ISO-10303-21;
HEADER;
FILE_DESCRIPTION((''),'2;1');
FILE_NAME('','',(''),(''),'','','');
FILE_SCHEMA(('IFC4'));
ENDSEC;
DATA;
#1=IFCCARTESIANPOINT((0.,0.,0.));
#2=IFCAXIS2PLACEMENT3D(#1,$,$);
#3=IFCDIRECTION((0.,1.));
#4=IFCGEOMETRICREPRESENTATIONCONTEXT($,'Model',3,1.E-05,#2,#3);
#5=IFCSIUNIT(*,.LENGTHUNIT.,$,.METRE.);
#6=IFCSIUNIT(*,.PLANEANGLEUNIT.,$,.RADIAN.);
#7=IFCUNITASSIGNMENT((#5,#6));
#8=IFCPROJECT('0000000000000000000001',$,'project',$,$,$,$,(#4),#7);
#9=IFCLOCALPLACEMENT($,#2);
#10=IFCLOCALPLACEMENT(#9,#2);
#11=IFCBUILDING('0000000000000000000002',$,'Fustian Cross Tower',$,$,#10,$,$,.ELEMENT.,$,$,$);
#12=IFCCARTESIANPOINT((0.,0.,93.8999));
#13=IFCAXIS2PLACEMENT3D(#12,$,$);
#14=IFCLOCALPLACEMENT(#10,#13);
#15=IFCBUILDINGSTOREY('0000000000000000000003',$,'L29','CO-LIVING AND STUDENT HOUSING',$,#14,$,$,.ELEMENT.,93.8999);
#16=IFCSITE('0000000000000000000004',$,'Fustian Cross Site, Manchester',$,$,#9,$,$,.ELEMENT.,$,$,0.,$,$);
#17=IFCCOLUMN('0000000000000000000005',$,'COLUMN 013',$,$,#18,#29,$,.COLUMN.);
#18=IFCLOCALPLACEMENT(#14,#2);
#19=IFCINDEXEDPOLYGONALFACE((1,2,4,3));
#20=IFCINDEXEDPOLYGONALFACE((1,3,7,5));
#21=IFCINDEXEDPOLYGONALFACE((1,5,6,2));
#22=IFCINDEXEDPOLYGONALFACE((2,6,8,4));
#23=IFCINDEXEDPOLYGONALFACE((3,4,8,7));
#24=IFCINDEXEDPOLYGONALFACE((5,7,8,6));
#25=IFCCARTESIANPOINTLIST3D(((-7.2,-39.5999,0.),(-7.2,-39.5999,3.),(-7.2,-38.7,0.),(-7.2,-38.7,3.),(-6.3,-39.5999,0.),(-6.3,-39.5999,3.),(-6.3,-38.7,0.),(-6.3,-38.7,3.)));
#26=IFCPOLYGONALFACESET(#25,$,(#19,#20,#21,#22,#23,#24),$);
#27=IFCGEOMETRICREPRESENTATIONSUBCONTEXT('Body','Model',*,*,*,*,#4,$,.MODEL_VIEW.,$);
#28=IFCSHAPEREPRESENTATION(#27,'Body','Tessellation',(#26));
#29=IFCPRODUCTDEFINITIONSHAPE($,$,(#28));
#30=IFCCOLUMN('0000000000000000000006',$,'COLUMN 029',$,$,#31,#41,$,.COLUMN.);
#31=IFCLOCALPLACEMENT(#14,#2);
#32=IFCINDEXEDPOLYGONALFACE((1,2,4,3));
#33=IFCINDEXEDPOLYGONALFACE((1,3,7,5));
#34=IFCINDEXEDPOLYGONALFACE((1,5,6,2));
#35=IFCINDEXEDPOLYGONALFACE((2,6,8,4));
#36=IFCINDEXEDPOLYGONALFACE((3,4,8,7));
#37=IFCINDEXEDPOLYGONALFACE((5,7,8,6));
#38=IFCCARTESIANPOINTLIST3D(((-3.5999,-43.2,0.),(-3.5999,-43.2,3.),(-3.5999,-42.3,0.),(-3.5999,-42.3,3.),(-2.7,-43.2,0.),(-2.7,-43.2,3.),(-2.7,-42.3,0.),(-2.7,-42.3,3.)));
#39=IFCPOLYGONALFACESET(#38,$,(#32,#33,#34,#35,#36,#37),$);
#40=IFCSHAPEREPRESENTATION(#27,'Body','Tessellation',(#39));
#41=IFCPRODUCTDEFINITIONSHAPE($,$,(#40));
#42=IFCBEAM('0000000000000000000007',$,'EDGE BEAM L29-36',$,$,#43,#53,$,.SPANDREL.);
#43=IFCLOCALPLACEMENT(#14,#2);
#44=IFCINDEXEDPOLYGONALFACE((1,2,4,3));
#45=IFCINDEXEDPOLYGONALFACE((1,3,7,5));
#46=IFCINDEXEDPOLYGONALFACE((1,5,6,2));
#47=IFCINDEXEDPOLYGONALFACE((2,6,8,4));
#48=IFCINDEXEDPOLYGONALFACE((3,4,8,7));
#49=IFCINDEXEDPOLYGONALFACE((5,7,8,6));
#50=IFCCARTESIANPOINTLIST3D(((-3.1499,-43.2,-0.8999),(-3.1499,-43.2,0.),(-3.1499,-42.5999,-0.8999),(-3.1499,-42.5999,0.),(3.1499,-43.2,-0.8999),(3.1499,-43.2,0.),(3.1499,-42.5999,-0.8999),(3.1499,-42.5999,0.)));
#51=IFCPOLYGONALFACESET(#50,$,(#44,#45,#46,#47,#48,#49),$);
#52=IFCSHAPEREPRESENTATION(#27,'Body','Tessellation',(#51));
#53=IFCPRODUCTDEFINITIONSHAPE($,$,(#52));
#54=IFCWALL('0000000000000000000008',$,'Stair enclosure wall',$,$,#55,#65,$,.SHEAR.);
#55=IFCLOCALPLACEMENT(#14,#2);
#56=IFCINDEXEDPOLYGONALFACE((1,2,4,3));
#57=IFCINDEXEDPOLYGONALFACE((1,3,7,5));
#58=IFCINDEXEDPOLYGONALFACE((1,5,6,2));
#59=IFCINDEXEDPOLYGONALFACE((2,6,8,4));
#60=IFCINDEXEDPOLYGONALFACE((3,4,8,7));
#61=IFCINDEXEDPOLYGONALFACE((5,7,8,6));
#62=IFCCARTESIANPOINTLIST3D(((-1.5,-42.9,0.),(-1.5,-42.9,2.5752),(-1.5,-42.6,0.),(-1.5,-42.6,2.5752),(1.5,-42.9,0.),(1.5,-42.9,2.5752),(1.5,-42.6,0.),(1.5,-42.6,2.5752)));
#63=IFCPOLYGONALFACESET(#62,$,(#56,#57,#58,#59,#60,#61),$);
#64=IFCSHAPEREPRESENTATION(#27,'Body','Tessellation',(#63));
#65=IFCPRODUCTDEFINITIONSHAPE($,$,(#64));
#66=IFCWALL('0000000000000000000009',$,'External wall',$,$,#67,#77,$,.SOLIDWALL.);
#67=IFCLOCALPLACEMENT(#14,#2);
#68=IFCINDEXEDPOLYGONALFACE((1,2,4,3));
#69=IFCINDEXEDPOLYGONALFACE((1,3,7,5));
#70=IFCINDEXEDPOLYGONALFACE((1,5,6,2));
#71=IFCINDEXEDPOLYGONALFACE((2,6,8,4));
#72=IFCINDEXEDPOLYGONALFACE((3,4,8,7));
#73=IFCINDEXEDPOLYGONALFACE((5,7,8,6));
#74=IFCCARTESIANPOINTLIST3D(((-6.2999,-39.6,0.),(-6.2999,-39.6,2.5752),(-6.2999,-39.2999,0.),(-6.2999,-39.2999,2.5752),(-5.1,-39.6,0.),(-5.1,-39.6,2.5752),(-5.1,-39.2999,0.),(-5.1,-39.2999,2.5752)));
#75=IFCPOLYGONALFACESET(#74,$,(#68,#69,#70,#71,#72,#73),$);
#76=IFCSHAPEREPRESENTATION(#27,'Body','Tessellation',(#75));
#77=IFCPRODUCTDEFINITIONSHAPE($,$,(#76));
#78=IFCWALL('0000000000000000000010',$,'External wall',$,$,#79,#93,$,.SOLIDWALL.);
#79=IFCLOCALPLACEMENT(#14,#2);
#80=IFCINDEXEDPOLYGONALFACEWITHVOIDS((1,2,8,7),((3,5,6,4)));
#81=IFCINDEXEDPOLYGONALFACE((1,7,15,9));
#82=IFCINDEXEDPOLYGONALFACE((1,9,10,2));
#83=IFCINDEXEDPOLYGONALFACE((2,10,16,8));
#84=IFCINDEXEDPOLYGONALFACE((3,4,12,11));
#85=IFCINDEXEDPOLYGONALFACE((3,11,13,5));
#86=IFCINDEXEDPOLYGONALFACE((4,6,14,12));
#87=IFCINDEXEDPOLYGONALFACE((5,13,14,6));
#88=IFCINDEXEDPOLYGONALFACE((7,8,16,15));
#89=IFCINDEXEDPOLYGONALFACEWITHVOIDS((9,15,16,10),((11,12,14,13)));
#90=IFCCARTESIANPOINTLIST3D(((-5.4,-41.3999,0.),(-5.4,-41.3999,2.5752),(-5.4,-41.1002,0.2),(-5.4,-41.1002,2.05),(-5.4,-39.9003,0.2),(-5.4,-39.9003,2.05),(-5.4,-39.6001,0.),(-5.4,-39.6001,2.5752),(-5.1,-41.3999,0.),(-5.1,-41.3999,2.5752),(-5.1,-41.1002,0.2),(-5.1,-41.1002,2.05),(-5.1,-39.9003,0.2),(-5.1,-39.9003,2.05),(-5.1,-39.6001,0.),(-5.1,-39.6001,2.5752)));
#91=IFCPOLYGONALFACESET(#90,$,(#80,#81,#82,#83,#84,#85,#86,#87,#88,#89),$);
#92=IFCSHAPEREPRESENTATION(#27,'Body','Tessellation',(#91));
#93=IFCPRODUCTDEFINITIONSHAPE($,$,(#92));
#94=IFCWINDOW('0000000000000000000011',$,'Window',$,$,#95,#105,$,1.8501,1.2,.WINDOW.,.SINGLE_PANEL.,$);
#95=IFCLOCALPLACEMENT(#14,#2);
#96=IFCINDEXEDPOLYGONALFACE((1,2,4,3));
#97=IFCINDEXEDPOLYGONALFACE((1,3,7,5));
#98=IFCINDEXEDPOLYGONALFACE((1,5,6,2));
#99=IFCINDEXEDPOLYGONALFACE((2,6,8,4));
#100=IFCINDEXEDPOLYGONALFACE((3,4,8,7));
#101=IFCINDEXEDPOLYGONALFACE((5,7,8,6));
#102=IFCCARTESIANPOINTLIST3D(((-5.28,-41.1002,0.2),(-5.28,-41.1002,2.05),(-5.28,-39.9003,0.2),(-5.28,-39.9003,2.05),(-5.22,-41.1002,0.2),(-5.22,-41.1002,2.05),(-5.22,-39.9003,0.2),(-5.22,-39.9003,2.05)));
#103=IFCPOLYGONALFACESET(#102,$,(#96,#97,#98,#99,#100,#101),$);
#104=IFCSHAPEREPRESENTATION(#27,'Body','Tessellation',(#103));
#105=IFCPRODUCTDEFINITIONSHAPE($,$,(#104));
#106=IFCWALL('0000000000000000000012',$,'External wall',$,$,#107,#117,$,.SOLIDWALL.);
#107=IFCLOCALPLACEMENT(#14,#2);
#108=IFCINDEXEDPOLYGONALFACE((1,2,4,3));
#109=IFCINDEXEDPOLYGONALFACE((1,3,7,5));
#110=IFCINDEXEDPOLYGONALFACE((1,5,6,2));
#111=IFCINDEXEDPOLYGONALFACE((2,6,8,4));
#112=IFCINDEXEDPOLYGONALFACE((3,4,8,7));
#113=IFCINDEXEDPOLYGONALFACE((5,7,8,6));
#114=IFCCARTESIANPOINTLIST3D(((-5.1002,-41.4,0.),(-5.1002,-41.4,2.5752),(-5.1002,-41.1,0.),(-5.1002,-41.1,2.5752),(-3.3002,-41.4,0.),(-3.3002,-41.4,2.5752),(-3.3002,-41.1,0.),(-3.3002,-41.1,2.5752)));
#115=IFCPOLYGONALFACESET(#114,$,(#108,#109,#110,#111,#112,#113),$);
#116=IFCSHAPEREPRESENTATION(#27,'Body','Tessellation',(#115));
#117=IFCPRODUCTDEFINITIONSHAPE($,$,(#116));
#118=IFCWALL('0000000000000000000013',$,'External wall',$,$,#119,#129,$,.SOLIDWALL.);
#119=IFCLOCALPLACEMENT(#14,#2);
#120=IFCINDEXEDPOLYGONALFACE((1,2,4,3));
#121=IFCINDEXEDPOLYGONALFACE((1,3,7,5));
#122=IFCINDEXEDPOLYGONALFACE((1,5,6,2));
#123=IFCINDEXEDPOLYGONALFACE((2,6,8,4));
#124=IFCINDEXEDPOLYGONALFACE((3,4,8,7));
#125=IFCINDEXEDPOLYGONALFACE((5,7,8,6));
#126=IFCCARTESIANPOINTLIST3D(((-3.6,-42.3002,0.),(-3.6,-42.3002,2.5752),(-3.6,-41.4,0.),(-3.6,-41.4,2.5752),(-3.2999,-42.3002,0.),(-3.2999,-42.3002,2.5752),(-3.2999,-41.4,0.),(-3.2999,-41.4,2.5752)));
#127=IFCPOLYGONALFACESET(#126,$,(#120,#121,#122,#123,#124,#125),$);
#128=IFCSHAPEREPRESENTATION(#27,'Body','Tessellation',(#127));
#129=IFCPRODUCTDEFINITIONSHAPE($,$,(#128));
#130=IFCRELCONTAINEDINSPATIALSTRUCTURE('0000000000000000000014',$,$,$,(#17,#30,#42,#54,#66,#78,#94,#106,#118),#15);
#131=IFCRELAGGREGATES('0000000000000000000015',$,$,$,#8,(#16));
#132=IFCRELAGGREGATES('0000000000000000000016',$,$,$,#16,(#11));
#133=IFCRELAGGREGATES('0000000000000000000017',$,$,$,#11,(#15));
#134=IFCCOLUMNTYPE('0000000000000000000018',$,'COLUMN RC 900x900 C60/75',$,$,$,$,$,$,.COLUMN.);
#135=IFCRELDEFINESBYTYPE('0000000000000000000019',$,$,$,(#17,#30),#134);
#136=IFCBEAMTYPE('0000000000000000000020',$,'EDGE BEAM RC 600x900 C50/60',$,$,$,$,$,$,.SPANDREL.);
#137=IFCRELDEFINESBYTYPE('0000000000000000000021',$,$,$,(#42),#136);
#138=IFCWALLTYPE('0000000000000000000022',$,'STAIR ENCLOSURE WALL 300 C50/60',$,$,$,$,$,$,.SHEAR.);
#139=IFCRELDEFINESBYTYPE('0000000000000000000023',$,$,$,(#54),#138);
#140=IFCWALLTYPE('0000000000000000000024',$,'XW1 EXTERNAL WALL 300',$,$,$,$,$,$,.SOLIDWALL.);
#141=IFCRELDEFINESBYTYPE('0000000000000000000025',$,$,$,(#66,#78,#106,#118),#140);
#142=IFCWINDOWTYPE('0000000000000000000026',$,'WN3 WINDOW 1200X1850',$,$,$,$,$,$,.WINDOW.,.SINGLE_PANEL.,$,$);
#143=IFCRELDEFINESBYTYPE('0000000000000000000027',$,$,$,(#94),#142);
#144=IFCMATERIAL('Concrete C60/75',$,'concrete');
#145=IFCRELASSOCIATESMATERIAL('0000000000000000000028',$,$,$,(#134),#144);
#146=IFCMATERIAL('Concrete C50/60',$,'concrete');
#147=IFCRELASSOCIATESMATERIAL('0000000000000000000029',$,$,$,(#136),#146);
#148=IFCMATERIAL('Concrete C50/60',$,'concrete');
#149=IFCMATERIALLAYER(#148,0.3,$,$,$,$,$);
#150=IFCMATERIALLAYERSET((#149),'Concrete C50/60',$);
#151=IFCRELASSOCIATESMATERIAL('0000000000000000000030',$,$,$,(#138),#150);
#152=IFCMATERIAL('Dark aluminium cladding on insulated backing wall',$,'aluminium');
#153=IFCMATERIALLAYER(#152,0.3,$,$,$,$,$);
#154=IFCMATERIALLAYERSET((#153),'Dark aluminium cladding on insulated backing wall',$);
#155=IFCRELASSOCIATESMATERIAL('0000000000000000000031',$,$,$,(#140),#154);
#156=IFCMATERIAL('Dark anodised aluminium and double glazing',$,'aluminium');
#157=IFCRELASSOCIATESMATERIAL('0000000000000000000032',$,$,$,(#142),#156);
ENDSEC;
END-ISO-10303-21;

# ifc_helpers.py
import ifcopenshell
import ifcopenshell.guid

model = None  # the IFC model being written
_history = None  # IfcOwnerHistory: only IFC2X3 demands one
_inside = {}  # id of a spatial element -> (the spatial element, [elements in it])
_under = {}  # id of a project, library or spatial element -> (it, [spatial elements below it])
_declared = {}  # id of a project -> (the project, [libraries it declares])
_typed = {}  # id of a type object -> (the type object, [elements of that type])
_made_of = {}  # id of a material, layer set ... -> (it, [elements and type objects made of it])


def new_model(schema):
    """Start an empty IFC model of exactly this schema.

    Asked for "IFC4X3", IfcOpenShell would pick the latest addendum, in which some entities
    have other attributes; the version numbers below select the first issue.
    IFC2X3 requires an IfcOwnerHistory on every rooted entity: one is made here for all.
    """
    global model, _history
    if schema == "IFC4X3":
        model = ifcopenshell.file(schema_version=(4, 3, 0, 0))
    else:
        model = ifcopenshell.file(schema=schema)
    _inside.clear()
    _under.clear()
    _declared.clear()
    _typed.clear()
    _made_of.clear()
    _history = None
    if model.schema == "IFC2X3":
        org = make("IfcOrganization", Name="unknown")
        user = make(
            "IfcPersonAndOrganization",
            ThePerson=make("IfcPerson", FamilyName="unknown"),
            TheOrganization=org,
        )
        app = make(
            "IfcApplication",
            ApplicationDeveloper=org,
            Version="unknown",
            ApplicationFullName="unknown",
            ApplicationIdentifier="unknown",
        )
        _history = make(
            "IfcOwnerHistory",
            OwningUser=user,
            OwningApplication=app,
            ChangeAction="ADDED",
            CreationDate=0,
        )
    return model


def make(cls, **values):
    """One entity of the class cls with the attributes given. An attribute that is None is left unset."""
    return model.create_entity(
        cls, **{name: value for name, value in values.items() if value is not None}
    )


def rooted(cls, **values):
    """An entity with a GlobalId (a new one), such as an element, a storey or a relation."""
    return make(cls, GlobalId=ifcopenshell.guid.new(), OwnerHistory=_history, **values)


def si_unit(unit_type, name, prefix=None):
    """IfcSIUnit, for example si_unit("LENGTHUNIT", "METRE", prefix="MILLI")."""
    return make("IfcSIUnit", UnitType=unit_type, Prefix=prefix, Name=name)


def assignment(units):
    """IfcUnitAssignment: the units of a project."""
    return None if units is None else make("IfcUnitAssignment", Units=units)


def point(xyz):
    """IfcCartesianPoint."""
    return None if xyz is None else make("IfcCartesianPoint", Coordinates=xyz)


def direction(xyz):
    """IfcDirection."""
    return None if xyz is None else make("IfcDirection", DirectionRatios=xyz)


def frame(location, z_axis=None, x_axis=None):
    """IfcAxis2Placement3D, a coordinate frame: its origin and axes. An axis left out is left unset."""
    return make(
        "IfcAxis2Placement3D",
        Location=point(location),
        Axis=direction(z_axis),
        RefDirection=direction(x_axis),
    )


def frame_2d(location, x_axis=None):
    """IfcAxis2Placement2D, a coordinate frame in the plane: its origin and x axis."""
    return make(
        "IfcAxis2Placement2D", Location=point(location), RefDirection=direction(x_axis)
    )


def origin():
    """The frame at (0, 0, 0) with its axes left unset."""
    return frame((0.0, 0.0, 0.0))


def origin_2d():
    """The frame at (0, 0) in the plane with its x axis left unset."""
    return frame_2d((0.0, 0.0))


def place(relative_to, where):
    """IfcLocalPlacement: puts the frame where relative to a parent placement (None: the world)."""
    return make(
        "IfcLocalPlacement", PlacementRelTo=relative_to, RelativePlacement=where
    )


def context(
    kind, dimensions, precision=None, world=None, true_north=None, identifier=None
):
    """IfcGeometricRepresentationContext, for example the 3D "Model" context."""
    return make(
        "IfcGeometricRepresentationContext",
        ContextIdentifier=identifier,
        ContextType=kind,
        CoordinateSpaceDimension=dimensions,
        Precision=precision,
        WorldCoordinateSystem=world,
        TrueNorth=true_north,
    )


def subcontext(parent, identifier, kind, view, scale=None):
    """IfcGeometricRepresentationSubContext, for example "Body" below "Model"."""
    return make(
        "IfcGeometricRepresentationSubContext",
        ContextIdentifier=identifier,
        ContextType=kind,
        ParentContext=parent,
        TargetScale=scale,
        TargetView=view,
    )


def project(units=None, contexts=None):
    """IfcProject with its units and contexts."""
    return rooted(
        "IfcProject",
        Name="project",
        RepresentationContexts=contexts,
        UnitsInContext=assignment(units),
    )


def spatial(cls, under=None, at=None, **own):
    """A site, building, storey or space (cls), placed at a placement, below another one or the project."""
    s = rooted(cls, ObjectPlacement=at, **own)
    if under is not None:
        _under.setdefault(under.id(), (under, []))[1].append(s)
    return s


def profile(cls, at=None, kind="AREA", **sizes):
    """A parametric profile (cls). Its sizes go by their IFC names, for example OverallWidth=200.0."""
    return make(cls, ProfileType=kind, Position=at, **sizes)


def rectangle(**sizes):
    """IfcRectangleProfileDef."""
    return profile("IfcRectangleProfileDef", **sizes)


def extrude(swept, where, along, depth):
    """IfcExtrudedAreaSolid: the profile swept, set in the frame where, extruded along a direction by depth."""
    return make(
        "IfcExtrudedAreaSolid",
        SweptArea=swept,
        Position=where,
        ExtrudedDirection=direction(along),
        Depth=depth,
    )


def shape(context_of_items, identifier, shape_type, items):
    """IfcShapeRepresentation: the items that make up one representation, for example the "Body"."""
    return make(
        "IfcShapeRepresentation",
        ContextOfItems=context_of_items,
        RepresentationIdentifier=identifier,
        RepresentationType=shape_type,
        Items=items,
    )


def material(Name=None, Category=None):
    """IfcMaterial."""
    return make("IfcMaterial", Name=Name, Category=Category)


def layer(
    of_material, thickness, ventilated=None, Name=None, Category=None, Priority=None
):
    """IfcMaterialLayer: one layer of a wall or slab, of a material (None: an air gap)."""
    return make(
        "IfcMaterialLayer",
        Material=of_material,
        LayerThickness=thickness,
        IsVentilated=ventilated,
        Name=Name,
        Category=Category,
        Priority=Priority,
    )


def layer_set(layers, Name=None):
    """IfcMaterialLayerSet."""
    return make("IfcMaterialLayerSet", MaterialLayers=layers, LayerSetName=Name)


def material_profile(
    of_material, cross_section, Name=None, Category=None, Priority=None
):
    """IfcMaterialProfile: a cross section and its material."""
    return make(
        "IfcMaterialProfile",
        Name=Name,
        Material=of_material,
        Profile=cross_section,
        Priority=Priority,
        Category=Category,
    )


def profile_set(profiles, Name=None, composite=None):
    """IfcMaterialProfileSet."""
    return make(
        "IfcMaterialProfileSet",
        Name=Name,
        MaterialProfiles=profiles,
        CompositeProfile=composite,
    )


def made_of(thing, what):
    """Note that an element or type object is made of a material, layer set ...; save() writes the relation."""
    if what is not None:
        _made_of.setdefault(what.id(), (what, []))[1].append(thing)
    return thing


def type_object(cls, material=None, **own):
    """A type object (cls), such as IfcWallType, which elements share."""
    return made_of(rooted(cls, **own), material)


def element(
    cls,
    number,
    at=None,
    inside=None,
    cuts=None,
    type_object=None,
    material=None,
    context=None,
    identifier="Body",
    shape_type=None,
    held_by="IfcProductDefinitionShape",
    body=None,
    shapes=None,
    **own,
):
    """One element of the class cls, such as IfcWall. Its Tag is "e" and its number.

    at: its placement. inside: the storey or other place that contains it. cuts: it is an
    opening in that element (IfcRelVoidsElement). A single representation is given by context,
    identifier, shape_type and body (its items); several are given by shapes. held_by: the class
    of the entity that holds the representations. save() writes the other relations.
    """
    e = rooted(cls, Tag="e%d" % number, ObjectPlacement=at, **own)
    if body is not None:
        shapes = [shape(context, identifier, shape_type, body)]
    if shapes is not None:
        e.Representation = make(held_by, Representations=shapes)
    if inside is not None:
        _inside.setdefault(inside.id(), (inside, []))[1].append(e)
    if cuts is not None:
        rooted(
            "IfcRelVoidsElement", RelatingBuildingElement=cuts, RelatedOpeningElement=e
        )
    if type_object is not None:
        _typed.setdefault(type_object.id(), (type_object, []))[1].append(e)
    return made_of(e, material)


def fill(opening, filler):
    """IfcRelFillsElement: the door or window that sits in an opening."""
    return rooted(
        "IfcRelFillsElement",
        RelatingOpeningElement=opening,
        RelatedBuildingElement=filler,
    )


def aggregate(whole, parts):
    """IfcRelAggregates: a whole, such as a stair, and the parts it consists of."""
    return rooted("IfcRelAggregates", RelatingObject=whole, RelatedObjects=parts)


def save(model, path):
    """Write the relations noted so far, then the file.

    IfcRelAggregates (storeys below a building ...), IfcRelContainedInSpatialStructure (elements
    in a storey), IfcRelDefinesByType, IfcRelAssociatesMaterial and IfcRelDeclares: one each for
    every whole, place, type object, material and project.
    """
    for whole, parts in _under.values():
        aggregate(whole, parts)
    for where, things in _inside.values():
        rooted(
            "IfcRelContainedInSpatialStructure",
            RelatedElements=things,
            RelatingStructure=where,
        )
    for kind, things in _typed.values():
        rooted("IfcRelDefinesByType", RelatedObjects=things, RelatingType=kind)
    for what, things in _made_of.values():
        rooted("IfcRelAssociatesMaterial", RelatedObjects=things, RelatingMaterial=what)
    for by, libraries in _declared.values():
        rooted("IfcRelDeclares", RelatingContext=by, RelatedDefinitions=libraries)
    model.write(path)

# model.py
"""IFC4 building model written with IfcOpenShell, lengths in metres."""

from ifc_helpers import new_model, si_unit, direction, frame, frame_2d, origin, origin_2d, place, context, subcontext, project, spatial, rectangle, extrude, material, layer, layer_set, material_profile, profile_set, type_object, element, fill, save


model = new_model("IFC4")

# Units and contexts
model_context = context("Model", 3, precision=1e-05, world=origin(), true_north=direction((0.0, 1.0)))
body_context = subcontext(model_context, "Body", "Model", "MODEL_VIEW")
ifc_project = project(units=[si_unit("LENGTHUNIT", "METRE"), si_unit("PLANEANGLEUNIT", "RADIAN")], contexts=[model_context])

# Site, building, storey
site_placement = place(None, origin())
site = spatial("IfcSite", under=ifc_project, at=site_placement, Name="Fustian Cross Site, Manchester", CompositionType="ELEMENT", RefElevation=0.0)
building_placement = place(site_placement, origin())
building = spatial("IfcBuilding", under=site, at=building_placement, Name="Fustian Cross Tower", CompositionType="ELEMENT")
storey_placement = place(building_placement, frame((0.0, 0.0, 93.8999)))
storey = spatial("IfcBuildingStorey", under=building, at=storey_placement, Name="L29", Description="CO-LIVING AND STUDENT HOUSING", CompositionType="ELEMENT", Elevation=93.8999)

# Columns
ifc_material_1 = material(Name="Concrete C60/75", Category="concrete")
ifc_material_profile_1 = material_profile(ifc_material_1, rectangle(XDim=0.8999, YDim=0.8999, at=origin_2d()), Name="RC 900x900")
ifc_profile_set_1 = profile_set([ifc_material_profile_1], Name="Concrete C60/75")
column_type = type_object("IfcColumnType", Name="COLUMN RC 900x900 C60/75", PredefinedType="COLUMN", material=ifc_profile_set_1)
for number, where, z_axis, x_axis, name in (
    (1, (-6.75, -39.1499, 0.0), (0.0, 0.0, 1.0), (1.0, 0.0, 0.0), "COLUMN 013"),
    (2, (-3.1499, -42.75, 0.0), (0.0, 0.0, 1.0), (1.0, 0.0, 0.0), "COLUMN 029"),
):
    element("IfcColumn", number, at=place(storey_placement, frame(where, z_axis=z_axis, x_axis=x_axis)), inside=storey, type_object=column_type, Name=name, PredefinedType="COLUMN", context=body_context, shape_type="SweptSolid", body=[
        extrude(rectangle(XDim=0.8999, YDim=0.8999, at=origin_2d()), origin(), (0.0, 0.0, 1.0), 3.0),
    ])

# Beam
ifc_material_2 = material(Name="Concrete C50/60", Category="concrete")
ifc_material_profile_2 = material_profile(ifc_material_2, rectangle(XDim=0.6001, YDim=0.8999, at=origin_2d()), Name="RC 600x900")
ifc_profile_set_2 = profile_set([ifc_material_profile_2], Name="Concrete C50/60")
beam_type = type_object("IfcBeamType", Name="EDGE BEAM RC 600x900 C50/60", PredefinedType="SPANDREL", material=ifc_profile_set_2)
beam_placement = place(storey_placement, frame((-3.1499, -42.8999, -0.45), z_axis=(1.0, 0.0, 0.0), x_axis=(0.0, 1.0, 0.0)))
element("IfcBeam", 3, at=beam_placement, inside=storey, type_object=beam_type, Name="EDGE BEAM L29-36", PredefinedType="SPANDREL", context=body_context, shape_type="SweptSolid", body=[
    extrude(rectangle(XDim=0.6001, YDim=0.8999, at=origin_2d()), origin(), (0.0, 0.0, 1.0), 6.2998),
])

# Walls
ifc_material_3 = material(Name="Concrete C50/60", Category="concrete")
ifc_layer_1 = layer(ifc_material_3, 0.3)
ifc_layer_set_1 = layer_set([ifc_layer_1], Name="Concrete C50/60")
wall_type_1 = type_object("IfcWallType", Name="STAIR ENCLOSURE WALL 300 C50/60", PredefinedType="SHEAR", material=ifc_layer_set_1)
wall_1_placement = place(storey_placement, frame((-1.5, -42.75, 0.0), z_axis=(0.0, 0.0, 1.0), x_axis=(1.0, 0.0, 0.0)))
element("IfcWall", 4, at=wall_1_placement, inside=storey, type_object=wall_type_1, Name="Stair enclosure wall", PredefinedType="SHEAR", context=body_context, shape_type="SweptSolid", body=[
    extrude(rectangle(XDim=3.0, YDim=0.3, at=frame_2d((1.5, 0.0))), origin(), (0.0, 0.0, 1.0), 2.5752),
])
ifc_material_4 = material(Name="Dark aluminium cladding on insulated backing wall", Category="aluminium")
ifc_layer_2 = layer(ifc_material_4, 0.3)
ifc_layer_set_2 = layer_set([ifc_layer_2], Name="Dark aluminium cladding on insulated backing wall")
wall_type_2 = type_object("IfcWallType", Name="XW1 EXTERNAL WALL 300", PredefinedType="SOLIDWALL", material=ifc_layer_set_2)
wall_2_placement = place(storey_placement, frame((-6.3, -39.45, 0.0), z_axis=(0.0, 0.0, 1.0), x_axis=(1.0, 0.0, 0.0)))
element("IfcWall", 5, at=wall_2_placement, inside=storey, type_object=wall_type_2, Name="External wall", PredefinedType="SOLIDWALL", context=body_context, shape_type="SweptSolid", body=[
    extrude(rectangle(XDim=1.2, YDim=0.3, at=frame_2d((0.6001, 0.0))), origin(), (0.0, 0.0, 1.0), 2.5752),
])

# Wall, opening, window
wall_3_placement = place(storey_placement, frame((-5.25, -39.6001, 0.0), z_axis=(0.0, 0.0, 1.0), x_axis=(0.0, -1.0, 0.0)))
wall_3 = element("IfcWall", 6, at=wall_3_placement, inside=storey, type_object=wall_type_2, Name="External wall", PredefinedType="SOLIDWALL", context=body_context, shape_type="SweptSolid", body=[
    extrude(rectangle(XDim=1.7998, YDim=0.3, at=frame_2d((0.8999, 0.0))), origin(), (0.0, 0.0, 1.0), 2.5752),
])
opening_1_placement = place(wall_3_placement, frame((0.3, 0.0, 0.2)))
opening_1 = element("IfcOpeningElement", 7, at=opening_1_placement, cuts=wall_3, PredefinedType="OPENING", context=body_context, shape_type="SweptSolid", body=[
    extrude(rectangle(XDim=1.2, YDim=1.8501, at=frame_2d((0.6001, 0.925))), frame((0.0, 0.1599, 0.0), z_axis=(0.0, -1.0, 0.0), x_axis=(1.0, 0.0, 0.0)), (0.0, 0.0, 1.0), 0.3201),
])
ifc_material_5 = material(Name="Dark anodised aluminium and double glazing", Category="aluminium")
window_type_1 = type_object("IfcWindowType", Name="WN3 WINDOW 1200X1850", PartitioningType="SINGLE_PANEL", PredefinedType="WINDOW", material=ifc_material_5)
window_1_placement = place(opening_1_placement, origin())
window_1 = element("IfcWindow", 8, at=window_1_placement, inside=storey, type_object=window_type_1, Name="Window", OverallHeight=1.8501, OverallWidth=1.2, PartitioningType="SINGLE_PANEL", PredefinedType="WINDOW", context=body_context, shape_type="SweptSolid", body=[
    extrude(rectangle(XDim=1.2, YDim=1.8501, at=frame_2d((0.6001, 0.925))), frame((0.0, 0.03, 0.0), z_axis=(0.0, -1.0, 0.0), x_axis=(1.0, 0.0, 0.0)), (0.0, 0.0, 1.0), 0.0601),
])
fill(opening_1, window_1)

# Walls
wall_4_placement = place(storey_placement, frame((-5.1001, -41.25, 0.0), z_axis=(0.0, 0.0, 1.0), x_axis=(1.0, 0.0, 0.0)))
element("IfcWall", 9, at=wall_4_placement, inside=storey, type_object=wall_type_2, Name="External wall", PredefinedType="SOLIDWALL", context=body_context, shape_type="SweptSolid", body=[
    extrude(rectangle(XDim=1.8, YDim=0.3, at=frame_2d((0.8999, 0.0))), origin(), (0.0, 0.0, 1.0), 2.5752),
])
wall_5_placement = place(storey_placement, frame((-3.45, -41.3999, 0.0), z_axis=(0.0, 0.0, 1.0), x_axis=(0.0, -1.0, 0.0)))
element("IfcWall", 10, at=wall_5_placement, inside=storey, type_object=wall_type_2, Name="External wall", PredefinedType="SOLIDWALL", context=body_context, shape_type="SweptSolid", body=[
    extrude(rectangle(XDim=0.9001, YDim=0.3, at=frame_2d((0.4502, 0.0))), origin(), (0.0, 0.0, 1.0), 2.5752),
])

save(model, "model.ifc")
